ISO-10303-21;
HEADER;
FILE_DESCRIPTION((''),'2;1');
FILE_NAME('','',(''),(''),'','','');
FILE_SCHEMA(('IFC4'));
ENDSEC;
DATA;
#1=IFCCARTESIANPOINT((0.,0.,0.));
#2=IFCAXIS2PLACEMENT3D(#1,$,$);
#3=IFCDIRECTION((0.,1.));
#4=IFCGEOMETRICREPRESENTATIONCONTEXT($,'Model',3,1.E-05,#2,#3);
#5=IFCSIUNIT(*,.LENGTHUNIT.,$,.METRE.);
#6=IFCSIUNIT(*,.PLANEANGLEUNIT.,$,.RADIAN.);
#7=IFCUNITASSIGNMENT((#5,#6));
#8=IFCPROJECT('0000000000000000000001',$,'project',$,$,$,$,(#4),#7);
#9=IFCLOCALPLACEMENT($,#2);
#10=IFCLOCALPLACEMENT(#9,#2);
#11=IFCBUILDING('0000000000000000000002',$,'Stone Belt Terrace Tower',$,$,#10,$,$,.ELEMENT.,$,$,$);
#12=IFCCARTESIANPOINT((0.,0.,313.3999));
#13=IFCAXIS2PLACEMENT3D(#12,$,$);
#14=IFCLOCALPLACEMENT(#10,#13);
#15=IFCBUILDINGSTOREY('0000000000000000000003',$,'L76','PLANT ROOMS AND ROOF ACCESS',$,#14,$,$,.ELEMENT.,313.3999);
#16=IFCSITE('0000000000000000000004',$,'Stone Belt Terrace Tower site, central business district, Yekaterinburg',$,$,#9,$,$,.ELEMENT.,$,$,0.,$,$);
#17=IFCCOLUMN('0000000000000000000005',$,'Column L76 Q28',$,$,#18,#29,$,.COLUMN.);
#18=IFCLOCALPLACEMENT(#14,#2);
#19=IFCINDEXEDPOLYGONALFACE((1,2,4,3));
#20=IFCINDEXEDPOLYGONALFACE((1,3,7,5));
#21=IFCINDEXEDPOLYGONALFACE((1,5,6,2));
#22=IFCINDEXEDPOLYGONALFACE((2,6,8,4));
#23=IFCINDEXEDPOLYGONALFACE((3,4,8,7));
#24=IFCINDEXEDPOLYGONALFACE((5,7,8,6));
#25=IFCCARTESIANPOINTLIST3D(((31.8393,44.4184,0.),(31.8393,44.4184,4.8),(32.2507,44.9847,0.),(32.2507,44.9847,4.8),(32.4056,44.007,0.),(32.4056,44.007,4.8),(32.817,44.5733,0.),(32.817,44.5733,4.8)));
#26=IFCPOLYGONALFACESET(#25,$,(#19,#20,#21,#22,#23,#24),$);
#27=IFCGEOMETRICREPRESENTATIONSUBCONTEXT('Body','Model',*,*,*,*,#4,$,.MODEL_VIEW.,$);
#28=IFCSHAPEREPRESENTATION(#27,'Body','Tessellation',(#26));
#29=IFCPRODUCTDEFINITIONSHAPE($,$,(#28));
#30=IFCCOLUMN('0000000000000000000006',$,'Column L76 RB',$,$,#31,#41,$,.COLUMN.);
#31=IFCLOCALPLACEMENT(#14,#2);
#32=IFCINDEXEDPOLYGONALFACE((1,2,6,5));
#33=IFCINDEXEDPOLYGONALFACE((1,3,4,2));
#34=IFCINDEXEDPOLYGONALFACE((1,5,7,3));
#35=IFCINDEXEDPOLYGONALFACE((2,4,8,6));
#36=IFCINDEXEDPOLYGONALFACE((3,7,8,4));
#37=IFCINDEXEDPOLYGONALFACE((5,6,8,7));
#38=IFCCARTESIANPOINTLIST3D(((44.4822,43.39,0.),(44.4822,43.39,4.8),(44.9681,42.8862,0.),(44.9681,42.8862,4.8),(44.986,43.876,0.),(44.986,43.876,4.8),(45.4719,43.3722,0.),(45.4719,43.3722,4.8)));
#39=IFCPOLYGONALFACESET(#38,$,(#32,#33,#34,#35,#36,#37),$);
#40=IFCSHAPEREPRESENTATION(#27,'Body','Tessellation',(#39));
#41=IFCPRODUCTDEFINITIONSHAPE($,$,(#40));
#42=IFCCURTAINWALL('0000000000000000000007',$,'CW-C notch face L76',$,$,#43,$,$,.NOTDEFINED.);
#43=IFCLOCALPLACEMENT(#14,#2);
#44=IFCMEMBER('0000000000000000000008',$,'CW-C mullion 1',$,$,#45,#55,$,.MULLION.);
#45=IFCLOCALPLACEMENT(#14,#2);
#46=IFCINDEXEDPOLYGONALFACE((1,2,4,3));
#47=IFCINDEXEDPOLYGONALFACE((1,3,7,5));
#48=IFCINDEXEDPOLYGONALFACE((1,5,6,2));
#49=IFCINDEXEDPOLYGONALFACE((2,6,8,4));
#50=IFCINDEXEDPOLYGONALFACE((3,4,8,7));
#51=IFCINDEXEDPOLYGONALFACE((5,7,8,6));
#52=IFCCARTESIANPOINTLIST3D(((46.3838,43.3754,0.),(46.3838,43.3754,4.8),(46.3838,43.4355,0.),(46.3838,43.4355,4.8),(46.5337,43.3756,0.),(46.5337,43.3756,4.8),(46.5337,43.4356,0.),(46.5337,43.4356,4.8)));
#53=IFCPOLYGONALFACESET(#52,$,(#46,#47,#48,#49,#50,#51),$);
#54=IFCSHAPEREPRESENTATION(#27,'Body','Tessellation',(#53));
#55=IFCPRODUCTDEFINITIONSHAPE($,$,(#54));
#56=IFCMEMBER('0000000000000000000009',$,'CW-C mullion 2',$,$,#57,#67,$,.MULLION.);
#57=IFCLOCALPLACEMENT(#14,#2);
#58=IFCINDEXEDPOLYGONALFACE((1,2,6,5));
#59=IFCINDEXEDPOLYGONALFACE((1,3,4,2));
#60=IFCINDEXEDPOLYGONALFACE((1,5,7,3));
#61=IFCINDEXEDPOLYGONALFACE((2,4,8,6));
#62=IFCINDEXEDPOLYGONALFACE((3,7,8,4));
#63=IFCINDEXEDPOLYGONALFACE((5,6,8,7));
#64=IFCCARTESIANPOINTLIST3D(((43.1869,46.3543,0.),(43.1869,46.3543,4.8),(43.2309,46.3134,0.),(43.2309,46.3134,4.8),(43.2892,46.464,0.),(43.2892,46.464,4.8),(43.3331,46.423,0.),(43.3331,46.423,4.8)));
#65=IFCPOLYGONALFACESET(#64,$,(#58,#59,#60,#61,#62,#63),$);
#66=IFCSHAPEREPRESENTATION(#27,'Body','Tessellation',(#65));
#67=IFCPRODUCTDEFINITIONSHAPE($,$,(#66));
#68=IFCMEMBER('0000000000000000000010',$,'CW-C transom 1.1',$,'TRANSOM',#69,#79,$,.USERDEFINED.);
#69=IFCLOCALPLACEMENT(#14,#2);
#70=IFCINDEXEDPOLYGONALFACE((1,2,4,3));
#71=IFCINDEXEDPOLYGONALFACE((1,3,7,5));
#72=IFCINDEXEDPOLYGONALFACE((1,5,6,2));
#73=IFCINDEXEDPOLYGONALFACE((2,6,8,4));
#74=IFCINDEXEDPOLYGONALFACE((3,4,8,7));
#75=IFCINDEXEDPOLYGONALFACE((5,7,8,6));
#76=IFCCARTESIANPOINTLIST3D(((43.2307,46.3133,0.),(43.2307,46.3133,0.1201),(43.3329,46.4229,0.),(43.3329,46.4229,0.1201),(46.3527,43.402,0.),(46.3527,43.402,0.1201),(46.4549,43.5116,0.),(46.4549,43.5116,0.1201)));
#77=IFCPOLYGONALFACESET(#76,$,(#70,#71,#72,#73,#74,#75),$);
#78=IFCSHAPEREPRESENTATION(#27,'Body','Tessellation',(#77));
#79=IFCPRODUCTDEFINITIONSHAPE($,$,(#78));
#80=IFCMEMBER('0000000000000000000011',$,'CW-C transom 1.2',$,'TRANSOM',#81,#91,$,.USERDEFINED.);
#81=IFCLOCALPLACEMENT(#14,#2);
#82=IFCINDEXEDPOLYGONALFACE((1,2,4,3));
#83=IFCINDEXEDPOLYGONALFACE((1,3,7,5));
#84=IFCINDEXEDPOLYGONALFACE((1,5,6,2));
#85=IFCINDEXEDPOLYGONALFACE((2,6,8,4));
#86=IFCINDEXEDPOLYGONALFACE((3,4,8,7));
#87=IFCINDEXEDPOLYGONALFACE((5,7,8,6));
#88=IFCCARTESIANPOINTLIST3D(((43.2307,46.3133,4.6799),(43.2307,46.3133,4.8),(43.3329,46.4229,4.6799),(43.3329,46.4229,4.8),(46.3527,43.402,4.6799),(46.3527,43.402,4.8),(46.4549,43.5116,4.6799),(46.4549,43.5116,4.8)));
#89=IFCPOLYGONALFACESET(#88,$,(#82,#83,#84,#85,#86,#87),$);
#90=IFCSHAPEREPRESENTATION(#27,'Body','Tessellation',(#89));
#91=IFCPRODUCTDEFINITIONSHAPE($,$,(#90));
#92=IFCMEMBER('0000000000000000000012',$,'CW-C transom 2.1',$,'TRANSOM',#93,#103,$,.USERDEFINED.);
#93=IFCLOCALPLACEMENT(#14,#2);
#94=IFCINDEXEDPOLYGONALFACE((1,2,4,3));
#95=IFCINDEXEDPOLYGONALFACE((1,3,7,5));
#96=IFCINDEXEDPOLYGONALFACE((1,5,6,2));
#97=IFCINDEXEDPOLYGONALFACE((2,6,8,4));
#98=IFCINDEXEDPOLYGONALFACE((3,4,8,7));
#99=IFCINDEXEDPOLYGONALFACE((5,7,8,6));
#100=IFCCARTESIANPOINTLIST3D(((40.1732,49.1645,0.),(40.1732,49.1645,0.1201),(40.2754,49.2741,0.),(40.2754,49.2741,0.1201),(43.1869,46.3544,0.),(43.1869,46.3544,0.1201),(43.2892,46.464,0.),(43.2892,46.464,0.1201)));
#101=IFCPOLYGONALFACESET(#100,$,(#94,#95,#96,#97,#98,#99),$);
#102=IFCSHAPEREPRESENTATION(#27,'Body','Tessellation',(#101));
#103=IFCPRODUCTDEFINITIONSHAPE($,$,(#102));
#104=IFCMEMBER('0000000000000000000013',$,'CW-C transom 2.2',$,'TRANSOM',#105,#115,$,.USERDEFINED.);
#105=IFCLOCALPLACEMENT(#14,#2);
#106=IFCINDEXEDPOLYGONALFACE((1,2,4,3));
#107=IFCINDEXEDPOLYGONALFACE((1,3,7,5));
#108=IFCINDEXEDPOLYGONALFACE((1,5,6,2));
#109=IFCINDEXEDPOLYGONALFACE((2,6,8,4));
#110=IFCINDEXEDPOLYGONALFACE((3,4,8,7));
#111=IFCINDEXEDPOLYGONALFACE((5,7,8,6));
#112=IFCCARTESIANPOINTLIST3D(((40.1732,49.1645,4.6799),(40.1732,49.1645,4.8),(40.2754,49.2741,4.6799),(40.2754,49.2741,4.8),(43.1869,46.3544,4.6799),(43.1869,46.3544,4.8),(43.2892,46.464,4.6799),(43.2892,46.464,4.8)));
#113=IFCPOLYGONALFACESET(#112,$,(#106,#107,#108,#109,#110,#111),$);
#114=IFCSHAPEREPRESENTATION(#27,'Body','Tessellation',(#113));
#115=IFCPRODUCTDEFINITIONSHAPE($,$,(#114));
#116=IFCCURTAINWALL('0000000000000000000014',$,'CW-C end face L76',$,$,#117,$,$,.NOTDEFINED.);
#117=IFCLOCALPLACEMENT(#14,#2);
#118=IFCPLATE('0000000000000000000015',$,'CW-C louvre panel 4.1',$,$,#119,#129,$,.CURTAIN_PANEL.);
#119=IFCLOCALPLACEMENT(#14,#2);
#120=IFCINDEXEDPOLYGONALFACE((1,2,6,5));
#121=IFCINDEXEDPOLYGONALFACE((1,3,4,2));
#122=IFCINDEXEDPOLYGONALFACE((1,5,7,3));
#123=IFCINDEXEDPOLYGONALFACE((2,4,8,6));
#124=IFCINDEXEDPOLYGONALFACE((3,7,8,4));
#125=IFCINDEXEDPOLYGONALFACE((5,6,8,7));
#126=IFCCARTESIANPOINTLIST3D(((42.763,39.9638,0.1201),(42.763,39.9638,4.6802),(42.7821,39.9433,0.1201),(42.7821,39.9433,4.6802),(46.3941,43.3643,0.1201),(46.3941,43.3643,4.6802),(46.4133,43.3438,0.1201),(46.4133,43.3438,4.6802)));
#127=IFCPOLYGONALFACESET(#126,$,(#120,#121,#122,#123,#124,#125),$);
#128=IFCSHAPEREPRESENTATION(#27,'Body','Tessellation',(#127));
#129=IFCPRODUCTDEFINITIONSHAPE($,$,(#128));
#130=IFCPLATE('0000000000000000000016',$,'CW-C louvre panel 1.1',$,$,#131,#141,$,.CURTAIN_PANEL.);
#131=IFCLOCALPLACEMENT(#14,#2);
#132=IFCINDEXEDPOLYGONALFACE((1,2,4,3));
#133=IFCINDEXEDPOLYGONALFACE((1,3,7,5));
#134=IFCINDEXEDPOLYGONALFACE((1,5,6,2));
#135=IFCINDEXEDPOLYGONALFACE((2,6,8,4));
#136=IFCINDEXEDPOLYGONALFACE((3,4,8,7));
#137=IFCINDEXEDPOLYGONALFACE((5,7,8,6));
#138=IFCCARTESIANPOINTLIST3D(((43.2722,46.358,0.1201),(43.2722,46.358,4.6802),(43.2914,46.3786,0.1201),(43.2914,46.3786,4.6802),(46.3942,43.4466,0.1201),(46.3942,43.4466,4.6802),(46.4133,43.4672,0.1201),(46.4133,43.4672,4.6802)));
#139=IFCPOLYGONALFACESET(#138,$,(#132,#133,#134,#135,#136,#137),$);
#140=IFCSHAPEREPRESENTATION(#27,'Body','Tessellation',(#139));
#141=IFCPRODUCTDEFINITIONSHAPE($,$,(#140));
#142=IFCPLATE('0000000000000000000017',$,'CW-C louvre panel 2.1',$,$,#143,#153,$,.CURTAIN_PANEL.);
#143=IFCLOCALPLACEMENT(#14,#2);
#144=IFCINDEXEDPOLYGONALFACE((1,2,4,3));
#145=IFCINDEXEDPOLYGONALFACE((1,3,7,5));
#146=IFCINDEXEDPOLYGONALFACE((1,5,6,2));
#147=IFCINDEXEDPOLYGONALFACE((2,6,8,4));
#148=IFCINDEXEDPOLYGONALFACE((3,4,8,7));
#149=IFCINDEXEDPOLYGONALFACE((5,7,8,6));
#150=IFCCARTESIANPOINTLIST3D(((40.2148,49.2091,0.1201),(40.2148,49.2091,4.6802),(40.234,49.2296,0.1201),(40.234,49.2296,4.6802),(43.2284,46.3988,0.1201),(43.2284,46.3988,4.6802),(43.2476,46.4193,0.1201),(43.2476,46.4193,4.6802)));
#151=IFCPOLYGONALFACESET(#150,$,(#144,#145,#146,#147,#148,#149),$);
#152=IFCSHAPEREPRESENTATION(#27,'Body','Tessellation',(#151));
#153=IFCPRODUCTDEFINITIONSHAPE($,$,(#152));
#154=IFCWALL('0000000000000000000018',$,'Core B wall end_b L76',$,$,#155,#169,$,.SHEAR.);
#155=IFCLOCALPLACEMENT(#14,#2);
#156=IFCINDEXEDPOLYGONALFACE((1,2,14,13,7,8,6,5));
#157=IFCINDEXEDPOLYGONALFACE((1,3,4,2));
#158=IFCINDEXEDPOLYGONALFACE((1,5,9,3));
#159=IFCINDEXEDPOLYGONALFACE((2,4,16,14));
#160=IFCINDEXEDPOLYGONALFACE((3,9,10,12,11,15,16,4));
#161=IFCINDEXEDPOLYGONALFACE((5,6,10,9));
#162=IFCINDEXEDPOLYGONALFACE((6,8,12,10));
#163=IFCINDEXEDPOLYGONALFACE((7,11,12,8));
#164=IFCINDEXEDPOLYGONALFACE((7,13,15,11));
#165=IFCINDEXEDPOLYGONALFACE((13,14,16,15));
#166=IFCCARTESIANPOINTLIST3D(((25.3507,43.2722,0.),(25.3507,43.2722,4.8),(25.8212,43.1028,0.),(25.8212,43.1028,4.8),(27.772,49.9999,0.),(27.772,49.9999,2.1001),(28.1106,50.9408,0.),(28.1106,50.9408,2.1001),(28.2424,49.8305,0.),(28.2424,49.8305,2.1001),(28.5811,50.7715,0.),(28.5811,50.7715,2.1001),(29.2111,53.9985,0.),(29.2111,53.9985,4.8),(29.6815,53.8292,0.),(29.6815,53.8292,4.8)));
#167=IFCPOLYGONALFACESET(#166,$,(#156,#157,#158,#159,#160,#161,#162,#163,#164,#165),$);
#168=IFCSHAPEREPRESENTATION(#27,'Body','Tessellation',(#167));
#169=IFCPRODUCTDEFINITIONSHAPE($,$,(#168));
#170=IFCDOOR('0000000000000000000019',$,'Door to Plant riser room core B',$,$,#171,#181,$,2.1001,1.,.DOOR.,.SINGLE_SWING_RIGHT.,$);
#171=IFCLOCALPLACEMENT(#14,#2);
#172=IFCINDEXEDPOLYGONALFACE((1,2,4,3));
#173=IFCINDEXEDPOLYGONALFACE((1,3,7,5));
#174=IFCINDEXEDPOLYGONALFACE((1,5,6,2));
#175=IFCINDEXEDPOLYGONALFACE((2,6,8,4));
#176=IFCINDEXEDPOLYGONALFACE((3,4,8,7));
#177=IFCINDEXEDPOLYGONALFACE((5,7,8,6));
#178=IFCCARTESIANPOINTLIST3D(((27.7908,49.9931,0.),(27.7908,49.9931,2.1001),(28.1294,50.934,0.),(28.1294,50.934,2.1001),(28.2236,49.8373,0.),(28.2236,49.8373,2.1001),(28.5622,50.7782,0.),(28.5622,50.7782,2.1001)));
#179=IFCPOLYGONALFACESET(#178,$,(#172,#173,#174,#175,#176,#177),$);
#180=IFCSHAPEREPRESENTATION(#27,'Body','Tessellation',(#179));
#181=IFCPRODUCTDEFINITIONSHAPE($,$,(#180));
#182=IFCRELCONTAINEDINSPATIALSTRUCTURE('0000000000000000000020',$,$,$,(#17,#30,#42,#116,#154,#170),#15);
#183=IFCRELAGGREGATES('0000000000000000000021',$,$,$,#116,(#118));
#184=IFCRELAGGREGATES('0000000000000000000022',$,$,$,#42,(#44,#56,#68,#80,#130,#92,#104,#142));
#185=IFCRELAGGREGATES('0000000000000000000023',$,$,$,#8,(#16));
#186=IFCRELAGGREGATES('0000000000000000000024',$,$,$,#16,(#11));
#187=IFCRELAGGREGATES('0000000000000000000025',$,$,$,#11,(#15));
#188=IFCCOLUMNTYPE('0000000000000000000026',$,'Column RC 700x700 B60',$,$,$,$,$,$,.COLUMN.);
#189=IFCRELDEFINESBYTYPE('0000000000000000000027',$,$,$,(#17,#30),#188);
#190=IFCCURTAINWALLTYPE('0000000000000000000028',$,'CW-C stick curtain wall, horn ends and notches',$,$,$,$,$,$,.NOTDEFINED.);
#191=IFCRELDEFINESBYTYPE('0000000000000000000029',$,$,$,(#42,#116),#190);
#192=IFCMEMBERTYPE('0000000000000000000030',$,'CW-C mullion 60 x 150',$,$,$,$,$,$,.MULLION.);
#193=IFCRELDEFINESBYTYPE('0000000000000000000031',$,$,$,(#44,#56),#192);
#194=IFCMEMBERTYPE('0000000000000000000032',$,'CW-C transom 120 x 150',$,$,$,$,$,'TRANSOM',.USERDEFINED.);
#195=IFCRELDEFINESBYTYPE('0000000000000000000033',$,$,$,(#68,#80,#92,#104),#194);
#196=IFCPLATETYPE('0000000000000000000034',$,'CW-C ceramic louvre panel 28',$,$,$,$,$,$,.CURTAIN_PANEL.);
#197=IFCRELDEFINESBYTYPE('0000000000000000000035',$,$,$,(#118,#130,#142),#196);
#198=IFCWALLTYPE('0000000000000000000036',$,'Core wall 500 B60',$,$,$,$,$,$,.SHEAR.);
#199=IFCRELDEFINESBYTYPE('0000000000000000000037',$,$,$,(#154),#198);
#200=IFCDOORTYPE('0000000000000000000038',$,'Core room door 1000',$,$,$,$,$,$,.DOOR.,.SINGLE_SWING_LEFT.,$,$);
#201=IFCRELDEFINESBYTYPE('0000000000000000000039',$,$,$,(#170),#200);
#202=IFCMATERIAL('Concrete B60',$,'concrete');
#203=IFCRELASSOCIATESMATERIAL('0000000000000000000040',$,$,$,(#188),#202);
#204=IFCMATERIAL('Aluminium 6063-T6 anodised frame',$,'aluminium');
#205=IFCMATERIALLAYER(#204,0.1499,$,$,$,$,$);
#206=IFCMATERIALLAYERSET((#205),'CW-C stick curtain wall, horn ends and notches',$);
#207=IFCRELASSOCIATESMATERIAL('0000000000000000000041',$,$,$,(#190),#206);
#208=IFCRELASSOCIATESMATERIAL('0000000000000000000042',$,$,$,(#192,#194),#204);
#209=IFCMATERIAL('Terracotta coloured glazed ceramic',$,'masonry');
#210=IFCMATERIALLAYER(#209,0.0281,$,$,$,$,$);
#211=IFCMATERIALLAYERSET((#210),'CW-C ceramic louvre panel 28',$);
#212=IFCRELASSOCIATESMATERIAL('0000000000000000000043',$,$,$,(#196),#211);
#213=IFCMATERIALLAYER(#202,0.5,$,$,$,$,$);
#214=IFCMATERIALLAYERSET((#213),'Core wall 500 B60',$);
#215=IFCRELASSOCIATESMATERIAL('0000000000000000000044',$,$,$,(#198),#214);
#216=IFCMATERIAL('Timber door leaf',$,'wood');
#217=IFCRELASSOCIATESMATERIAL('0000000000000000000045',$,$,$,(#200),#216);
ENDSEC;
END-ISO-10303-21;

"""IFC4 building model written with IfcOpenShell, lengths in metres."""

from ifc_helpers import new_model, si_unit, direction, frame, frame_2d, origin, origin_2d, place, context, subcontext, project, spatial, rectangle, extrude, material, layer, layer_set, material_profile, profile_set, type_object, element, fill, aggregate, save


model = new_model("IFC4")

# Units and contexts
model_context = context("Model", 3, precision=1e-05, world=origin(), true_north=direction((0.0, 1.0)))
body_context = subcontext(model_context, "Body", "Model", "MODEL_VIEW")
ifc_project = project(units=[si_unit("LENGTHUNIT", "METRE"), si_unit("PLANEANGLEUNIT", "RADIAN")], contexts=[model_context])

# Site, building, storey
site_placement = place(None, origin())
site = spatial("IfcSite", under=ifc_project, at=site_placement, Name="Stone Belt Terrace Tower site, central business district, Yekaterinburg", CompositionType="ELEMENT", RefElevation=0.0)
building_placement = place(site_placement, origin())
building = spatial("IfcBuilding", under=site, at=building_placement, Name="Stone Belt Terrace Tower", CompositionType="ELEMENT")
storey_placement = place(building_placement, frame((0.0, 0.0, 313.3999)))
storey = spatial("IfcBuildingStorey", under=building, at=storey_placement, Name="L76", Description="PLANT ROOMS AND ROOF ACCESS", CompositionType="ELEMENT", Elevation=313.3999)

# Columns
ifc_material_1 = material(Name="Concrete B60", Category="concrete")
ifc_material_profile_1 = material_profile(ifc_material_1, rectangle(XDim=0.7, YDim=0.7, at=origin_2d()), Name="RC 700x700")
ifc_profile_set_1 = profile_set([ifc_material_profile_1], Name="Concrete B60")
column_type = type_object("IfcColumnType", Name="Column RC 700x700 B60", PredefinedType="COLUMN", material=ifc_profile_set_1)
for number, where, z_axis, x_axis, name in (
    (1, (32.3281, 44.4958, 0.0), (0.0, 0.0, 1.0), (0.809017, -0.587785, 0.0), "Column L76 Q28"),
    (2, (44.9771, 43.3811, 0.0), (0.0, 0.0, 1.0), (0.694221, -0.719762, 0.0), "Column L76 RB"),
):
    element("IfcColumn", number, at=place(storey_placement, frame(where, z_axis=z_axis, x_axis=x_axis)), inside=storey, type_object=column_type, Name=name, PredefinedType="COLUMN", context=body_context, shape_type="SweptSolid", body=[
        extrude(rectangle(XDim=0.7, YDim=0.7, at=origin_2d()), origin(), (0.0, 0.0, 1.0), 4.8),
    ])

# Curtain wall, members
ifc_material_2 = material(Name="Aluminium 6063-T6 anodised frame", Category="aluminium")
ifc_layer_1 = layer(ifc_material_2, 0.1499)
ifc_layer_set_1 = layer_set([ifc_layer_1], Name="CW-C stick curtain wall, horn ends and notches")
curtain_wall_type = type_object("IfcCurtainWallType", Name="CW-C stick curtain wall, horn ends and notches", PredefinedType="NOTDEFINED", material=ifc_layer_set_1)
curtain_wall_1_placement = place(storey_placement, origin())
curtain_wall_1 = element("IfcCurtainWall", 3, at=curtain_wall_1_placement, inside=storey, type_object=curtain_wall_type, Name="CW-C notch face L76", PredefinedType="NOTDEFINED")
ifc_material_profile_2 = material_profile(ifc_material_2, rectangle(XDim=0.1499, YDim=0.0601, at=origin_2d()), Name="Aluminium 6063-T6 60x150")
ifc_profile_set_2 = profile_set([ifc_material_profile_2], Name="Aluminium 6063-T6 anodised frame")
member_type_1 = type_object("IfcMemberType", Name="CW-C mullion 60 x 150", PredefinedType="MULLION", material=ifc_profile_set_2)
member_1_placement = place(storey_placement, frame((46.4587, 43.4055, 0.0), z_axis=(0.0, 0.0, 1.0), x_axis=(-0.999999, -0.001051, 0.0)))
member_1 = element("IfcMember", 4, at=member_1_placement, type_object=member_type_1, Name="CW-C mullion 1", PredefinedType="MULLION", context=body_context, shape_type="SweptSolid", body=[
    extrude(rectangle(XDim=0.1499, YDim=0.0601, at=origin_2d()), origin(), (0.0, 0.0, 1.0), 4.8),
])
member_2_placement = place(storey_placement, frame((43.26, 46.3887, 0.0), z_axis=(0.0, 0.0, 1.0), x_axis=(-0.682014, -0.731339, 0.0)))
member_2 = element("IfcMember", 5, at=member_2_placement, type_object=member_type_1, Name="CW-C mullion 2", PredefinedType="MULLION", context=body_context, shape_type="SweptSolid", body=[
    extrude(rectangle(XDim=0.1499, YDim=0.0601, at=origin_2d()), origin(), (0.0, 0.0, 1.0), 4.8),
])
ifc_material_profile_3 = material_profile(ifc_material_2, rectangle(XDim=0.1499, YDim=0.1201, at=origin_2d()), Name="Aluminium 6063-T6 150x120")
ifc_profile_set_3 = profile_set([ifc_material_profile_3], Name="Aluminium 6063-T6 anodised frame")
member_type_2 = type_object("IfcMemberType", Name="CW-C transom 120 x 150", ElementType="TRANSOM", PredefinedType="USERDEFINED", material=ifc_profile_set_3)
member_3_placement = place(storey_placement, frame((46.4038, 43.4568, 0.0601), z_axis=(-0.731354, 0.681998, 0.0), x_axis=(-0.681998, -0.731354, 0.0)))
member_3 = element("IfcMember", 6, at=member_3_placement, type_object=member_type_2, Name="CW-C transom 1.1", ObjectType="TRANSOM", PredefinedType="USERDEFINED", context=body_context, shape_type="SweptSolid", body=[
    extrude(rectangle(XDim=0.1499, YDim=0.1201, at=origin_2d()), origin(), (0.0, 0.0, 1.0), 4.2688),
])
member_4_placement = place(storey_placement, frame((46.4038, 43.4568, 4.74), z_axis=(-0.731354, 0.681998, 0.0), x_axis=(-0.681998, -0.731354, 0.0)))
member_4 = element("IfcMember", 7, at=member_4_placement, type_object=member_type_2, Name="CW-C transom 1.2", ObjectType="TRANSOM", PredefinedType="USERDEFINED", context=body_context, shape_type="SweptSolid", body=[
    extrude(rectangle(XDim=0.1499, YDim=0.1201, at=origin_2d()), origin(), (0.0, 0.0, 1.0), 4.2688),
])
member_5_placement = place(storey_placement, frame((43.238, 46.4092, 0.0601), z_axis=(-0.731382, 0.681968, 0.0), x_axis=(-0.681968, -0.731382, 0.0)))
member_5 = element("IfcMember", 8, at=member_5_placement, type_object=member_type_2, Name="CW-C transom 2.1", ObjectType="TRANSOM", PredefinedType="USERDEFINED", context=body_context, shape_type="SweptSolid", body=[
    extrude(rectangle(XDim=0.1499, YDim=0.1201, at=origin_2d()), origin(), (0.0, 0.0, 1.0), 4.1206),
])
member_6_placement = place(storey_placement, frame((43.238, 46.4092, 4.74), z_axis=(-0.731382, 0.681968, 0.0), x_axis=(-0.681968, -0.731382, 0.0)))
member_6 = element("IfcMember", 9, at=member_6_placement, type_object=member_type_2, Name="CW-C transom 2.2", ObjectType="TRANSOM", PredefinedType="USERDEFINED", context=body_context, shape_type="SweptSolid", body=[
    extrude(rectangle(XDim=0.1499, YDim=0.1201, at=origin_2d()), origin(), (0.0, 0.0, 1.0), 4.1206),
])

# Curtain wall, plate
curtain_wall_2_placement = place(storey_placement, origin())
curtain_wall_2 = element("IfcCurtainWall", 10, at=curtain_wall_2_placement, inside=storey, type_object=curtain_wall_type, Name="CW-C end face L76", PredefinedType="NOTDEFINED")
ifc_material_3 = material(Name="Terracotta coloured glazed ceramic", Category="masonry")
ifc_layer_2 = layer(ifc_material_3, 0.0281)
ifc_layer_set_2 = layer_set([ifc_layer_2], Name="CW-C ceramic louvre panel 28")
plate_type = type_object("IfcPlateType", Name="CW-C ceramic louvre panel 28", PredefinedType="CURTAIN_PANEL", material=ifc_layer_set_2)
plate_1_placement = place(storey_placement, frame((44.5881, 41.6538, 0.1201), z_axis=(0.0, 0.0, 1.0), x_axis=(0.729904, 0.683549, 0.0)))
plate_1 = element("IfcPlate", 11, at=plate_1_placement, type_object=plate_type, Name="CW-C louvre panel 4.1", PredefinedType="CURTAIN_PANEL", context=body_context, shape_type="SweptSolid", body=[
    extrude(rectangle(XDim=4.9749, YDim=0.0281, at=origin_2d()), origin(), (0.0, 0.0, 1.0), 4.5601),
])
aggregate(curtain_wall_2, [plate_1])

# Plates
plate_2_placement = place(storey_placement, frame((44.8428, 44.9126, 0.1201), z_axis=(0.0, 0.0, 1.0), x_axis=(-0.731339, 0.682014, 0.0)))
plate_2 = element("IfcPlate", 12, at=plate_2_placement, type_object=plate_type, Name="CW-C louvre panel 1.1", PredefinedType="CURTAIN_PANEL", context=body_context, shape_type="SweptSolid", body=[
    extrude(rectangle(XDim=4.2688, YDim=0.0281, at=origin_2d()), origin(), (0.0, 0.0, 1.0), 4.5601),
])
plate_3_placement = place(storey_placement, frame((41.7312, 47.8142, 0.1201), z_axis=(0.0, 0.0, 1.0), x_axis=(-0.731339, 0.682014, 0.0)))
plate_3 = element("IfcPlate", 13, at=plate_3_placement, type_object=plate_type, Name="CW-C louvre panel 2.1", PredefinedType="CURTAIN_PANEL", context=body_context, shape_type="SweptSolid", body=[
    extrude(rectangle(XDim=4.1206, YDim=0.0281, at=origin_2d()), origin(), (0.0, 0.0, 1.0), 4.5601),
])
aggregate(curtain_wall_1, [member_1, member_2, member_3, member_4, plate_2, member_5, member_6, plate_3])

# Wall, opening, door
ifc_layer_3 = layer(ifc_material_1, 0.5)
ifc_layer_set_3 = layer_set([ifc_layer_3], Name="Core wall 500 B60")
wall_type_1 = type_object("IfcWallType", Name="Core wall 500 B60", PredefinedType="SHEAR", material=ifc_layer_set_3)
wall_1_placement = place(storey_placement, frame((25.5859, 43.1875, 0.0), z_axis=(0.0, 0.0, 1.0), x_axis=(0.338632, 0.940919, 0.0)))
wall_1 = element("IfcWall", 14, at=wall_1_placement, inside=storey, type_object=wall_type_1, Name="Core B wall end_b L76", PredefinedType="SHEAR", context=body_context, shape_type="SweptSolid", body=[
    extrude(rectangle(XDim=11.3999, YDim=0.5, at=frame_2d((5.7, 0.0))), origin(), (0.0, 0.0, 1.0), 4.8),
])
opening_1_placement = place(wall_1_placement, frame((7.1501, 0.0, 0.0)))
opening_1 = element("IfcOpeningElement", 15, at=opening_1_placement, cuts=wall_1, PredefinedType="OPENING", context=body_context, shape_type="SweptSolid", body=[
    extrude(rectangle(XDim=1.0, YDim=2.1001, at=frame_2d((0.5, 1.05))), frame((0.0, 0.26, 0.0), z_axis=(0.0, -1.0, 0.0), x_axis=(1.0, 0.0, 0.0)), (0.0, 0.0, 1.0), 0.52),
])
ifc_material_4 = material(Name="Timber door leaf", Category="wood")
door_type_1 = type_object("IfcDoorType", Name="Core room door 1000", OperationType="SINGLE_SWING_LEFT", PredefinedType="DOOR", material=ifc_material_4)
door_1_placement = place(opening_1_placement, origin())
door_1 = element("IfcDoor", 16, at=door_1_placement, inside=storey, type_object=door_type_1, Name="Door to Plant riser room core B", OperationType="SINGLE_SWING_RIGHT", OverallHeight=2.1001, OverallWidth=1.0, PredefinedType="DOOR", context=body_context, shape_type="SweptSolid", body=[
    extrude(rectangle(XDim=1.0, YDim=2.1001, at=frame_2d((0.5, 1.05))), frame((0.0, 0.23, 0.0), z_axis=(0.0, -1.0, 0.0), x_axis=(1.0, 0.0, 0.0)), (0.0, 0.0, 1.0), 0.46),
])
fill(opening_1, door_1)

save(model, "model.ifc")
